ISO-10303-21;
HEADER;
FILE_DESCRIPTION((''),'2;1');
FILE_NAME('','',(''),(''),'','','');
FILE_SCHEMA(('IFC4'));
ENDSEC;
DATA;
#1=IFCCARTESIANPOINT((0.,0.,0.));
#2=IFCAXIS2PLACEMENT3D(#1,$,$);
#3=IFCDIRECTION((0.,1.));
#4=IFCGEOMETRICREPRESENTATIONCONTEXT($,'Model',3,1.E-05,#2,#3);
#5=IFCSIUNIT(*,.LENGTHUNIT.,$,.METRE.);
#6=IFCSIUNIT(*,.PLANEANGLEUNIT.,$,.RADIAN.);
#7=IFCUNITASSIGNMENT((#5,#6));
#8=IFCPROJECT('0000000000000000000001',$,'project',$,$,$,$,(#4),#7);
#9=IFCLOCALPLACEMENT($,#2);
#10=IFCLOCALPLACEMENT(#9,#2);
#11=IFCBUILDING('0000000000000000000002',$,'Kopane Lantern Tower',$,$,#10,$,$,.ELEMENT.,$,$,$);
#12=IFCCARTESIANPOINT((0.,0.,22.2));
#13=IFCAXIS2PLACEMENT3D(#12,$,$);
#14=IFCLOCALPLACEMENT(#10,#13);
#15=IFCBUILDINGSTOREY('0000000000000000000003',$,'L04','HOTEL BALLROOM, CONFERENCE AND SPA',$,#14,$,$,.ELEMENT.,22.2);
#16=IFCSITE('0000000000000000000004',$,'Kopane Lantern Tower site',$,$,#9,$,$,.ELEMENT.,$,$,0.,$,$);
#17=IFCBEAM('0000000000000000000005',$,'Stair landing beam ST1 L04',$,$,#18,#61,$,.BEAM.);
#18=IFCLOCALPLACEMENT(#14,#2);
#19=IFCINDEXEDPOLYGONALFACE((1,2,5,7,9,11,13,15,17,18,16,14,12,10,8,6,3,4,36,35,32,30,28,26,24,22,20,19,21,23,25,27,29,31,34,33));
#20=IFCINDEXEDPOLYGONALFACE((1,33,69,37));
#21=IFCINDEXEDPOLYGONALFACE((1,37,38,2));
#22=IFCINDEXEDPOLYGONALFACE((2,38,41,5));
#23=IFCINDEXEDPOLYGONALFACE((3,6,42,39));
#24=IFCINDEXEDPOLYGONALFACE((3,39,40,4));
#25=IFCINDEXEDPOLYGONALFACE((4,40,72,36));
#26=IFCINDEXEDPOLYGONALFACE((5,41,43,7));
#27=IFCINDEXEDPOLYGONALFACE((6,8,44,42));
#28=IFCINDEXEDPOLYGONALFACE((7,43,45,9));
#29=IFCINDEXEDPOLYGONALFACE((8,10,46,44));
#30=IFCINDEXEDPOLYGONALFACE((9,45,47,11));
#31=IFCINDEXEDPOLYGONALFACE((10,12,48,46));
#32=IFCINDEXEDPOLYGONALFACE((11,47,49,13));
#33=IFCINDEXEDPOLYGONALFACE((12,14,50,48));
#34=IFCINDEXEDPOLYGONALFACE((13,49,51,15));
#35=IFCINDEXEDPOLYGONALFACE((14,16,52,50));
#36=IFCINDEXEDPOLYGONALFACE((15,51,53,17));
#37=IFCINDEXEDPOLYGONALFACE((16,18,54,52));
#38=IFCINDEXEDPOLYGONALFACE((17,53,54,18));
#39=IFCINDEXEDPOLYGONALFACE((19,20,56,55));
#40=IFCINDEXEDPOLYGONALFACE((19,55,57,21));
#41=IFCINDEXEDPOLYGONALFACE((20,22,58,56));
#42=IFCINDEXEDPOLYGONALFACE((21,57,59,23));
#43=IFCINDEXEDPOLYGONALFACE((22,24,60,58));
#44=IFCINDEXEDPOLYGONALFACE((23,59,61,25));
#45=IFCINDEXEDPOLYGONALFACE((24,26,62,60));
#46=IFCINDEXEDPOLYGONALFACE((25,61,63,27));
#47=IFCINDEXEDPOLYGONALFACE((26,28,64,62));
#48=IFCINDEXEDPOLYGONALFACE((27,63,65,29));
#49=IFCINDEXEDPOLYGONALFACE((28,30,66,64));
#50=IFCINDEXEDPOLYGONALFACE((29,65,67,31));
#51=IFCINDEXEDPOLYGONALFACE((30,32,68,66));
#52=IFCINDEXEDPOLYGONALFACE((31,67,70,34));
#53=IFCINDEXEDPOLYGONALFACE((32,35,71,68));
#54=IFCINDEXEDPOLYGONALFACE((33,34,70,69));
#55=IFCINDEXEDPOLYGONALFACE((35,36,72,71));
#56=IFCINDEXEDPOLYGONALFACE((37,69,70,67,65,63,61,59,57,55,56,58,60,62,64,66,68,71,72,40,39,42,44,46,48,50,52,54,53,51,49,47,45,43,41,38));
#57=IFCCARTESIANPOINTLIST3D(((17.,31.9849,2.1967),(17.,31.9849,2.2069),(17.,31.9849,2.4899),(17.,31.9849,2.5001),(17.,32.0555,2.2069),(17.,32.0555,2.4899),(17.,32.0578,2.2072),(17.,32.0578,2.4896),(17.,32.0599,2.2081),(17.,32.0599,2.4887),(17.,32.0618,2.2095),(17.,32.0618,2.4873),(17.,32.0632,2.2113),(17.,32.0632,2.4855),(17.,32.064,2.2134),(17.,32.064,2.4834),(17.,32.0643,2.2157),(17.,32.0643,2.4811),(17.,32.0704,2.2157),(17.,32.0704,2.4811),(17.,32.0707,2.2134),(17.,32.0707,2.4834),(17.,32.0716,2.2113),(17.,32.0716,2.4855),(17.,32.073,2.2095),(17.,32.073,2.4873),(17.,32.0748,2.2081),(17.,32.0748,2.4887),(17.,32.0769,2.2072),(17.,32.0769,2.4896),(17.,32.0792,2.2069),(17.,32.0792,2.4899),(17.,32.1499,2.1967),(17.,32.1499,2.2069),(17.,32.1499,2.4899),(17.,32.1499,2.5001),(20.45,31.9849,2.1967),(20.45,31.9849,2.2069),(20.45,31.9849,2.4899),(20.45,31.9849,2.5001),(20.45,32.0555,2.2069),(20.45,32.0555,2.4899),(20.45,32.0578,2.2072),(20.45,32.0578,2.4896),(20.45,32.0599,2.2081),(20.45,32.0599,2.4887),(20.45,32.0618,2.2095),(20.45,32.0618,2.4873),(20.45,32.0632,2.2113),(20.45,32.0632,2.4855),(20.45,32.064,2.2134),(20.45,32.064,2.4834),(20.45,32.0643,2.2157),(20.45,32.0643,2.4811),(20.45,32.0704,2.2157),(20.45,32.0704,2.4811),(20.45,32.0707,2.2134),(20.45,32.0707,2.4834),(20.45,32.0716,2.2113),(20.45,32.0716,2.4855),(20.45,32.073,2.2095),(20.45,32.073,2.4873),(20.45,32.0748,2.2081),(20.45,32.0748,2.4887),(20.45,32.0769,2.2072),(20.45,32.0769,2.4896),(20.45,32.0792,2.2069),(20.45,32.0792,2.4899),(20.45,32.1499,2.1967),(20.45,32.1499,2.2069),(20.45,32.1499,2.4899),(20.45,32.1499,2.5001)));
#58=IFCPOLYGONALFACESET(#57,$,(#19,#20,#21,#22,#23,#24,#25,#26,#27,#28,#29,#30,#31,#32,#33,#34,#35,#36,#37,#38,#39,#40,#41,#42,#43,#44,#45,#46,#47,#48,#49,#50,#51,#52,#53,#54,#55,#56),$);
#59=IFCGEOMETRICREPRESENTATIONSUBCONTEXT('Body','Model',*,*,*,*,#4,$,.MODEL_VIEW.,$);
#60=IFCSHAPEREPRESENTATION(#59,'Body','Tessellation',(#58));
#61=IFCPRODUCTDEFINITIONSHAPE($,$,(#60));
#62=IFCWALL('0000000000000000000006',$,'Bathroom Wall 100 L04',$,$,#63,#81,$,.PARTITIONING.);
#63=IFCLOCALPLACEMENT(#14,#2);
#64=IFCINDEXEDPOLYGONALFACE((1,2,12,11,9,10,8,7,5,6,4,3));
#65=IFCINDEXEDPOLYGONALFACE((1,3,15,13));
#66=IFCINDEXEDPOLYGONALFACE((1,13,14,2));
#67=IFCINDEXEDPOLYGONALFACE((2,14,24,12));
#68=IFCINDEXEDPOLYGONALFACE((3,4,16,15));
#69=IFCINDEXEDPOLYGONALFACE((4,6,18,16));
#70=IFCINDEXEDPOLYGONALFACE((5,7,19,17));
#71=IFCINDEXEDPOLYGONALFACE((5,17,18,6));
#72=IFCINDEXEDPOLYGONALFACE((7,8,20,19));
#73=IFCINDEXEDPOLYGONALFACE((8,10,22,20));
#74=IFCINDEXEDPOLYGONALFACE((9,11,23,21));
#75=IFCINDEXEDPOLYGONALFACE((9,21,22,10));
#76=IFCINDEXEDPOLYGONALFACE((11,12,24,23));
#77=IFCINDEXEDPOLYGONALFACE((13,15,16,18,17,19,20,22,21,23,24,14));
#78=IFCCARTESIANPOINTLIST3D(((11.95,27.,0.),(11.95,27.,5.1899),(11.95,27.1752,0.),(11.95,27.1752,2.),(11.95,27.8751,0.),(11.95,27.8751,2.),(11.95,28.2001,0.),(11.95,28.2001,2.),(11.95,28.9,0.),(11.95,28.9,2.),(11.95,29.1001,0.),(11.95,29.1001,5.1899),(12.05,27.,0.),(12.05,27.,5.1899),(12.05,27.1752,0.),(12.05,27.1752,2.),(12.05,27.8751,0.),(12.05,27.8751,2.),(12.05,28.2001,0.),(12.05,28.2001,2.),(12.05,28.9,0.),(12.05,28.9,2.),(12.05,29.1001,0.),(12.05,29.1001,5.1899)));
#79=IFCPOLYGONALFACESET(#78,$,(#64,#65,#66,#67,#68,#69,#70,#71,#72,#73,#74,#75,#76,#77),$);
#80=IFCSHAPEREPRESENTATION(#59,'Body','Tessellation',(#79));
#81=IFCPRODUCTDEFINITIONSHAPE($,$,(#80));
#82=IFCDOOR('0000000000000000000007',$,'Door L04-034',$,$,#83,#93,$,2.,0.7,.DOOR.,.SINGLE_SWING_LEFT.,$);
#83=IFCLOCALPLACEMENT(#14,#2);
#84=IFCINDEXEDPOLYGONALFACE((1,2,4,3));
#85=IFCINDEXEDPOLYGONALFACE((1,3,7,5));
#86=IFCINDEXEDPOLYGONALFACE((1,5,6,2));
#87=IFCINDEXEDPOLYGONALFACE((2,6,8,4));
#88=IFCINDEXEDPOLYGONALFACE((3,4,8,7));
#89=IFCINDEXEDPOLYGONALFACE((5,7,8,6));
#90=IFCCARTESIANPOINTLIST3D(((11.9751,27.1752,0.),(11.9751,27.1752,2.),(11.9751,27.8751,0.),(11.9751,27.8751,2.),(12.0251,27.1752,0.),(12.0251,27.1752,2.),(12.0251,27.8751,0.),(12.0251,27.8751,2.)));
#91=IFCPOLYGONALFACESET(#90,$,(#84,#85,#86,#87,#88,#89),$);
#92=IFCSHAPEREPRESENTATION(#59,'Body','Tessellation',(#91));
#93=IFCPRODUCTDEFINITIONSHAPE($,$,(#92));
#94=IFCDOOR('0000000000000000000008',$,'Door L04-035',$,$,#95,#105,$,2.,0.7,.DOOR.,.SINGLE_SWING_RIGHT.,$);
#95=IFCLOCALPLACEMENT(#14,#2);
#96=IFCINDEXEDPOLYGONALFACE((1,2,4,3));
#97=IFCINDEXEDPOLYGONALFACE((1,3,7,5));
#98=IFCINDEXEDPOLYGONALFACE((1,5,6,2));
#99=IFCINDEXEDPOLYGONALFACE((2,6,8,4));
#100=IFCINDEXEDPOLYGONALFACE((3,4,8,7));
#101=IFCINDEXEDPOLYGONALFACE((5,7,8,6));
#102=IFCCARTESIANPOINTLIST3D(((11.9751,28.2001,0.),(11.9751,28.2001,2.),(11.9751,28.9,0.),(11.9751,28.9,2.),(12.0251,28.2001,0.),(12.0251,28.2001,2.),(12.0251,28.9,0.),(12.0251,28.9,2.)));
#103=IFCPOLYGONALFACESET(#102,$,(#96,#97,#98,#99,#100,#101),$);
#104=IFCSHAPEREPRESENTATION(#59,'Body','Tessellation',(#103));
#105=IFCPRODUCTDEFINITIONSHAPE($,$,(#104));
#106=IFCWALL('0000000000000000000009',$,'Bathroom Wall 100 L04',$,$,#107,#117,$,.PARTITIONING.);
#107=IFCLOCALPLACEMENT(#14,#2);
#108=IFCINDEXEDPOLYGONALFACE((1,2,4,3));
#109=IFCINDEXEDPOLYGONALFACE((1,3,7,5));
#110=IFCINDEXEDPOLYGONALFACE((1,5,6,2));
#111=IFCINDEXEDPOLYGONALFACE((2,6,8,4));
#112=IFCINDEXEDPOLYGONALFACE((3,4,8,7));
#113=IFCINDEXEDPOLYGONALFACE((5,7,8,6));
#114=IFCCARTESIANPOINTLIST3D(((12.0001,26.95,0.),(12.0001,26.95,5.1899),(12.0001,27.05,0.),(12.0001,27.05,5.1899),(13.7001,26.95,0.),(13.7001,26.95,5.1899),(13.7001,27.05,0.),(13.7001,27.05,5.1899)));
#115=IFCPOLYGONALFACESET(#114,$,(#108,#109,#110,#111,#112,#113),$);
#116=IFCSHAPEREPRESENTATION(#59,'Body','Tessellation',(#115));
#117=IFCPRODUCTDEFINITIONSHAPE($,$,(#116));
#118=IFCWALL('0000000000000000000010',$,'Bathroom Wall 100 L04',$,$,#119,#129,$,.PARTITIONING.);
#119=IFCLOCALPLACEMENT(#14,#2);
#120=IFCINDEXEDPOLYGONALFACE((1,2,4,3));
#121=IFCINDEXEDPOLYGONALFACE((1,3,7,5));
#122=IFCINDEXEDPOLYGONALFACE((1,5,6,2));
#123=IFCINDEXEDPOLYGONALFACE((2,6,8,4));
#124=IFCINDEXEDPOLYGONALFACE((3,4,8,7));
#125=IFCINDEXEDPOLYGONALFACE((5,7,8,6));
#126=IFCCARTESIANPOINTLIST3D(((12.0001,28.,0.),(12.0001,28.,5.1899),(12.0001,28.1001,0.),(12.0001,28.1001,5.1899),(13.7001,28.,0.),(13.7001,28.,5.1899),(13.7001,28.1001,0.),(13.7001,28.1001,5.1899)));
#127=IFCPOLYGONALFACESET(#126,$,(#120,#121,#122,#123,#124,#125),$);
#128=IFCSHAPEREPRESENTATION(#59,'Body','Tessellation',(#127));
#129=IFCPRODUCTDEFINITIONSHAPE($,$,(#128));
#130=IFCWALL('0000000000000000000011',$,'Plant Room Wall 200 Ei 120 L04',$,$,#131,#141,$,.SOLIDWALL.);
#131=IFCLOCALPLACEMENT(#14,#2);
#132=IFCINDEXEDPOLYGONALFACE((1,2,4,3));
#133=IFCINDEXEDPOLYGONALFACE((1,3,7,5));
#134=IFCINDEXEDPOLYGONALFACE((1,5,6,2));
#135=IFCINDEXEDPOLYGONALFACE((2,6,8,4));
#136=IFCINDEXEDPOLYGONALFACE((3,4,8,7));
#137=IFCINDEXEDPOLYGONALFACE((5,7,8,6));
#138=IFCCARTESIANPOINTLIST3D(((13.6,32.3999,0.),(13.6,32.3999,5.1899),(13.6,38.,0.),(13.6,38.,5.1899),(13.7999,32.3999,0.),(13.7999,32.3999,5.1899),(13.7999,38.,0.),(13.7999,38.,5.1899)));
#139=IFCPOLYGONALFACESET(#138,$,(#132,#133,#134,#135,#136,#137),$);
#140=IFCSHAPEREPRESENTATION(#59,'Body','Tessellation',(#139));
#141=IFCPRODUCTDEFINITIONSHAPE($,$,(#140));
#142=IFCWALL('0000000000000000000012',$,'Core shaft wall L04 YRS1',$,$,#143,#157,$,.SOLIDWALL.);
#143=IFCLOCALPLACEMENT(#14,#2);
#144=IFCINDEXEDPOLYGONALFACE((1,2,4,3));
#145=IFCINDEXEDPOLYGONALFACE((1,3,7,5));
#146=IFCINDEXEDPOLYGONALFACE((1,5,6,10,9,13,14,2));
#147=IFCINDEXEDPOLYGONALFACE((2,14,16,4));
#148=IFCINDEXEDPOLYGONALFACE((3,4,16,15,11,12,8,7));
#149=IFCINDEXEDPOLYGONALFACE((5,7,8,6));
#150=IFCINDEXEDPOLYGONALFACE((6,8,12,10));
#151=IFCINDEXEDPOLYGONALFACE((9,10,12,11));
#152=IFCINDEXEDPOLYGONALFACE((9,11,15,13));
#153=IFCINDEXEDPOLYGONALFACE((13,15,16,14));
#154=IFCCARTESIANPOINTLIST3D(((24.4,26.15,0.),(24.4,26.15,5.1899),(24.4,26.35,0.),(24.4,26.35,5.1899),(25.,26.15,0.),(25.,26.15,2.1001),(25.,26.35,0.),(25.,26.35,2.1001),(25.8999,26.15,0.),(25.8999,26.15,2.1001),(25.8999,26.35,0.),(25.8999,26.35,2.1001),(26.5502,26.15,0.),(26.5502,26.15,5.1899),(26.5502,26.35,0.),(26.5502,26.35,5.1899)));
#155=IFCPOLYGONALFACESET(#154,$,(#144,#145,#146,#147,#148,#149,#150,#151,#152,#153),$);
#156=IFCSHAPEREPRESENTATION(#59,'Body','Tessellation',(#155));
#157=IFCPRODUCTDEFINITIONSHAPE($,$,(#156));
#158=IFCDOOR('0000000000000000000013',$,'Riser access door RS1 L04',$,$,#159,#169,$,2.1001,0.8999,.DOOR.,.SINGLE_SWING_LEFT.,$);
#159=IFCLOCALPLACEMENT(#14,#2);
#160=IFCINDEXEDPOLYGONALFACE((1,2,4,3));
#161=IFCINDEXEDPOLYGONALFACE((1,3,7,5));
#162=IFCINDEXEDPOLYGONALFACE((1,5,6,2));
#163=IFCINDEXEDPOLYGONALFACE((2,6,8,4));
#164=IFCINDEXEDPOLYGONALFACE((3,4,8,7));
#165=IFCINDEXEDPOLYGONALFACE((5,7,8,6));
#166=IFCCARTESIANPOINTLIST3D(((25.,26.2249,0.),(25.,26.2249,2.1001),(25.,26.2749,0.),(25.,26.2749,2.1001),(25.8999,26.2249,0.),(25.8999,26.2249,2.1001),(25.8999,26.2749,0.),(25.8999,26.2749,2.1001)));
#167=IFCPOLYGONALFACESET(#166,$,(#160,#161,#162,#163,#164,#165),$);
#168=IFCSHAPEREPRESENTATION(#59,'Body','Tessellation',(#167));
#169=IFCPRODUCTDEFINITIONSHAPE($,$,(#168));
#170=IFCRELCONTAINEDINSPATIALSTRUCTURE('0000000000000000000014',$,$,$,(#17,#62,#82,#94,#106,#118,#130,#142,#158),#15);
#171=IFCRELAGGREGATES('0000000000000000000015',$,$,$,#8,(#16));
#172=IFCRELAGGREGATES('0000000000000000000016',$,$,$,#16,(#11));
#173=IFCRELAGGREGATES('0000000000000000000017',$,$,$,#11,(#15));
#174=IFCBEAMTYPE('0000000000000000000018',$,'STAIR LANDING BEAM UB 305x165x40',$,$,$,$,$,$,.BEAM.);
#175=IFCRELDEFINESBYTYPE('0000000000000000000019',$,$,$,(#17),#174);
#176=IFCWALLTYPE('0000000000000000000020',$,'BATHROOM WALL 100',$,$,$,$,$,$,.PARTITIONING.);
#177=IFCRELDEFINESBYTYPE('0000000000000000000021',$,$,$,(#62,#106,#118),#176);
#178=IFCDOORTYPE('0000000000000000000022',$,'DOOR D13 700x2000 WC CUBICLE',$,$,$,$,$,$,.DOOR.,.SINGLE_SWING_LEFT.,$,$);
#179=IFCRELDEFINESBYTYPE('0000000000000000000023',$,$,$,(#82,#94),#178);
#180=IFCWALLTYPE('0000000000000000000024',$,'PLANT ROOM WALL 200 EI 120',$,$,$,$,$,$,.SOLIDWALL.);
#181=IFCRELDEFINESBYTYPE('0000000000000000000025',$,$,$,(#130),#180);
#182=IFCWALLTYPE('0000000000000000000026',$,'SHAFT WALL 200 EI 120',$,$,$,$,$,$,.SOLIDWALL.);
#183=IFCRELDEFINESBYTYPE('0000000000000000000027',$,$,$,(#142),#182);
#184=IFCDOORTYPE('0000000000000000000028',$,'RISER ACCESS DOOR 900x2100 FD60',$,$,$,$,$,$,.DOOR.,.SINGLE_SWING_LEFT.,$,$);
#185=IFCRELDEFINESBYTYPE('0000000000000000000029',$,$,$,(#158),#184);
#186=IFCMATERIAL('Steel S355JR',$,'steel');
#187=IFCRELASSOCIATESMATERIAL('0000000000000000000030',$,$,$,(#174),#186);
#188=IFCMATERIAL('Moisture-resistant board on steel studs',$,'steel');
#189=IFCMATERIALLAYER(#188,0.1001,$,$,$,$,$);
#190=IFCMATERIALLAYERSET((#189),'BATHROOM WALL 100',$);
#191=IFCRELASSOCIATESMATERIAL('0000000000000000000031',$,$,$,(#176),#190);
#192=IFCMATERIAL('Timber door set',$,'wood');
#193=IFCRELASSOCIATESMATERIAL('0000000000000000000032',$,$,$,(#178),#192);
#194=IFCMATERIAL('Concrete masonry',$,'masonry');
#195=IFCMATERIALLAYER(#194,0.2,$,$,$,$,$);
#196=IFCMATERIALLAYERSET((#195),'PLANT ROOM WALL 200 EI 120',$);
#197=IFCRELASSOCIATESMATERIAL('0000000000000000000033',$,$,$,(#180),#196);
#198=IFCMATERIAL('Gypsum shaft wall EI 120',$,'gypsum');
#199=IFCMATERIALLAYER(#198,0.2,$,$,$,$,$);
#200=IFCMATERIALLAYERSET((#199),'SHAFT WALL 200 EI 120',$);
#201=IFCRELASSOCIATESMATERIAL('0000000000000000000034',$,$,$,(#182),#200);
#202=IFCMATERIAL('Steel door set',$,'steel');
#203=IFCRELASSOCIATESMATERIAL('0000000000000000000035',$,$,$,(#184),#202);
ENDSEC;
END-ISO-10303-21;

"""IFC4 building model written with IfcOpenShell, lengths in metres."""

from ifc_helpers import new_model, si_unit, direction, frame, frame_2d, origin, origin_2d, place, context, subcontext, project, spatial, rectangle, i_section, extrude, material, layer, layer_set, material_profile, profile_set, type_object, element, fill, save


model = new_model("IFC4")

# Units and contexts
model_context = context("Model", 3, precision=1e-05, world=origin(), true_north=direction((0.0, 1.0)))
body_context = subcontext(model_context, "Body", "Model", "MODEL_VIEW")
ifc_project = project(units=[si_unit("LENGTHUNIT", "METRE"), si_unit("PLANEANGLEUNIT", "RADIAN")], contexts=[model_context])

# Site, building, storey
site_placement = place(None, origin())
site = spatial("IfcSite", under=ifc_project, at=site_placement, Name="Kopane Lantern Tower site", CompositionType="ELEMENT", RefElevation=0.0)
building_placement = place(site_placement, origin())
building = spatial("IfcBuilding", under=site, at=building_placement, Name="Kopane Lantern Tower", CompositionType="ELEMENT")
storey_placement = place(building_placement, frame((0.0, 0.0, 22.2)))
storey = spatial("IfcBuildingStorey", under=building, at=storey_placement, Name="L04", Description="HOTEL BALLROOM, CONFERENCE AND SPA", CompositionType="ELEMENT", Elevation=22.2)

# Beam
ifc_material_1 = material(Name="Steel S355JR", Category="steel")
ifc_material_profile = material_profile(ifc_material_1, i_section(OverallWidth=0.165, OverallDepth=0.3035, WebThickness=0.0061, FlangeThickness=0.0103, FilletRadius=0.0088, at=origin_2d()), Name="UB 305x165x40")
ifc_profile_set = profile_set([ifc_material_profile], Name="Steel S355JR")
beam_type = type_object("IfcBeamType", Name="STAIR LANDING BEAM UB 305x165x40", PredefinedType="BEAM", material=ifc_profile_set)
beam_placement = place(storey_placement, frame((17.0, 32.0674, 2.3484), z_axis=(1.0, 0.0, 0.0), x_axis=(0.0, 1.0, 0.0)))
element("IfcBeam", 1, at=beam_placement, inside=storey, type_object=beam_type, Name="Stair landing beam ST1 L04", PredefinedType="BEAM", context=body_context, shape_type="SweptSolid", body=[
    extrude(i_section(OverallWidth=0.165, OverallDepth=0.3035, WebThickness=0.0061, FlangeThickness=0.0103, FilletRadius=0.0088, at=origin_2d()), origin(), (0.0, 0.0, 1.0), 3.45),
])

# Wall, openings, doors
ifc_material_2 = material(Name="Moisture-resistant board on steel studs", Category="steel")
ifc_layer_1 = layer(ifc_material_2, 0.1001)
ifc_layer_set_1 = layer_set([ifc_layer_1], Name="BATHROOM WALL 100")
wall_type_1 = type_object("IfcWallType", Name="BATHROOM WALL 100", PredefinedType="PARTITIONING", material=ifc_layer_set_1)
wall_1_placement = place(storey_placement, frame((12.0, 27.0, 0.0), z_axis=(0.0, 0.0, 1.0), x_axis=(0.0, 1.0, 0.0)))
wall_1 = element("IfcWall", 2, at=wall_1_placement, inside=storey, type_object=wall_type_1, Name="Bathroom Wall 100 L04", PredefinedType="PARTITIONING", context=body_context, shape_type="SweptSolid", body=[
    extrude(rectangle(XDim=2.1001, YDim=0.1001, at=frame_2d((1.05, 0.0))), origin(), (0.0, 0.0, 1.0), 5.1899),
])
opening_1_placement = place(wall_1_placement, frame((0.175, 0.0, 0.0)))
opening_1 = element("IfcOpeningElement", 3, at=opening_1_placement, cuts=wall_1, PredefinedType="OPENING", context=body_context, shape_type="SweptSolid", body=[
    extrude(rectangle(XDim=0.7, YDim=2.0, at=frame_2d((0.3501, 1.0))), frame((0.0, 0.0601, 0.0), z_axis=(0.0, -1.0, 0.0), x_axis=(1.0, 0.0, 0.0)), (0.0, 0.0, 1.0), 0.1201),
])
opening_2_placement = place(wall_1_placement, frame((1.2, 0.0, 0.0)))
opening_2 = element("IfcOpeningElement", 4, at=opening_2_placement, cuts=wall_1, PredefinedType="OPENING", context=body_context, shape_type="SweptSolid", body=[
    extrude(rectangle(XDim=0.7, YDim=2.0, at=frame_2d((0.3501, 1.0))), frame((0.0, 0.0601, 0.0), z_axis=(0.0, -1.0, 0.0), x_axis=(1.0, 0.0, 0.0)), (0.0, 0.0, 1.0), 0.1201),
])
ifc_material_3 = material(Name="Timber door set", Category="wood")
door_type_1 = type_object("IfcDoorType", Name="DOOR D13 700x2000 WC CUBICLE", OperationType="SINGLE_SWING_LEFT", PredefinedType="DOOR", material=ifc_material_3)
door_1_placement = place(opening_1_placement, origin())
door_1 = element("IfcDoor", 5, at=door_1_placement, inside=storey, type_object=door_type_1, Name="Door L04-034", OperationType="SINGLE_SWING_LEFT", OverallHeight=2.0, OverallWidth=0.7, PredefinedType="DOOR", context=body_context, shape_type="SweptSolid", body=[
    extrude(rectangle(XDim=0.7, YDim=2.0, at=frame_2d((0.3501, 1.0))), frame((0.0, 0.0249, 0.0), z_axis=(0.0, -1.0, 0.0), x_axis=(1.0, 0.0, 0.0)), (0.0, 0.0, 1.0), 0.05),
])
fill(opening_1, door_1)
door_2_placement = place(opening_2_placement, origin())
door_2 = element("IfcDoor", 6, at=door_2_placement, inside=storey, type_object=door_type_1, Name="Door L04-035", OperationType="SINGLE_SWING_RIGHT", OverallHeight=2.0, OverallWidth=0.7, PredefinedType="DOOR", context=body_context, shape_type="SweptSolid", body=[
    extrude(rectangle(XDim=0.7, YDim=2.0, at=frame_2d((0.3501, 1.0))), frame((0.0, 0.0249, 0.0), z_axis=(0.0, -1.0, 0.0), x_axis=(1.0, 0.0, 0.0)), (0.0, 0.0, 1.0), 0.05),
])
fill(opening_2, door_2)

# Walls
for number, where, z_axis, x_axis, name in (
    (7, (12.0, 27.0, 0.0), (0.0, 0.0, 1.0), (1.0, 0.0, 0.0), "Bathroom Wall 100 L04"),
    (8, (12.0, 28.05, 0.0), (0.0, 0.0, 1.0), (1.0, 0.0, 0.0), "Bathroom Wall 100 L04"),
):
    element("IfcWall", number, at=place(storey_placement, frame(where, z_axis=z_axis, x_axis=x_axis)), inside=storey, type_object=wall_type_1, Name=name, PredefinedType="PARTITIONING", context=body_context, shape_type="SweptSolid", body=[
        extrude(rectangle(XDim=1.7, YDim=0.1001, at=frame_2d((0.8501, 0.0))), origin(), (0.0, 0.0, 1.0), 5.1899),
    ])

# Wall
ifc_material_4 = material(Name="Concrete masonry", Category="masonry")
ifc_layer_2 = layer(ifc_material_4, 0.2)
ifc_layer_set_2 = layer_set([ifc_layer_2], Name="PLANT ROOM WALL 200 EI 120")
wall_type_2 = type_object("IfcWallType", Name="PLANT ROOM WALL 200 EI 120", PredefinedType="SOLIDWALL", material=ifc_layer_set_2)
wall_2_placement = place(storey_placement, frame((13.7, 32.3999, 0.0), z_axis=(0.0, 0.0, 1.0), x_axis=(0.0, 1.0, 0.0)))
element("IfcWall", 9, at=wall_2_placement, inside=storey, type_object=wall_type_2, Name="Plant Room Wall 200 Ei 120 L04", PredefinedType="SOLIDWALL", context=body_context, shape_type="SweptSolid", body=[
    extrude(rectangle(XDim=5.6001, YDim=0.2, at=frame_2d((2.8, 0.0))), origin(), (0.0, 0.0, 1.0), 5.1899),
])

# Wall, opening, door
ifc_material_5 = material(Name="Gypsum shaft wall EI 120", Category="gypsum")
ifc_layer_3 = layer(ifc_material_5, 0.2)
ifc_layer_set_3 = layer_set([ifc_layer_3], Name="SHAFT WALL 200 EI 120")
wall_type_3 = type_object("IfcWallType", Name="SHAFT WALL 200 EI 120", PredefinedType="SOLIDWALL", material=ifc_layer_set_3)
wall_3_placement = place(storey_placement, frame((24.3999, 26.25, 0.0), z_axis=(0.0, 0.0, 1.0), x_axis=(1.0, 0.0, 0.0)))
wall_3 = element("IfcWall", 10, at=wall_3_placement, inside=storey, type_object=wall_type_3, Name="Core shaft wall L04 YRS1", PredefinedType="SOLIDWALL", context=body_context, shape_type="SweptSolid", body=[
    extrude(rectangle(XDim=2.1501, YDim=0.2, at=frame_2d((1.0752, 0.0))), origin(), (0.0, 0.0, 1.0), 5.1899),
])
opening_3_placement = place(wall_3_placement, frame((0.6001, 0.0, 0.0)))
opening_3 = element("IfcOpeningElement", 11, at=opening_3_placement, cuts=wall_3, PredefinedType="OPENING", context=body_context, shape_type="SweptSolid", body=[
    extrude(rectangle(XDim=0.8999, YDim=2.1001, at=frame_2d((0.45, 1.05))), frame((0.0, 0.1099, 0.0), z_axis=(0.0, -1.0, 0.0), x_axis=(1.0, 0.0, 0.0)), (0.0, 0.0, 1.0), 0.22),
])
ifc_material_6 = material(Name="Steel door set", Category="steel")
door_type_2 = type_object("IfcDoorType", Name="RISER ACCESS DOOR 900x2100 FD60", OperationType="SINGLE_SWING_LEFT", PredefinedType="DOOR", material=ifc_material_6)
door_3_placement = place(opening_3_placement, origin())
door_3 = element("IfcDoor", 12, at=door_3_placement, inside=storey, type_object=door_type_2, Name="Riser access door RS1 L04", OperationType="SINGLE_SWING_LEFT", OverallHeight=2.1001, OverallWidth=0.8999, PredefinedType="DOOR", context=body_context, shape_type="SweptSolid", body=[
    extrude(rectangle(XDim=0.8999, YDim=2.1001, at=frame_2d((0.45, 1.05))), frame((0.0, 0.0249, 0.0), z_axis=(0.0, -1.0, 0.0), x_axis=(1.0, 0.0, 0.0)), (0.0, 0.0, 1.0), 0.05),
])
fill(opening_3, door_3)

save(model, "model.ifc")
